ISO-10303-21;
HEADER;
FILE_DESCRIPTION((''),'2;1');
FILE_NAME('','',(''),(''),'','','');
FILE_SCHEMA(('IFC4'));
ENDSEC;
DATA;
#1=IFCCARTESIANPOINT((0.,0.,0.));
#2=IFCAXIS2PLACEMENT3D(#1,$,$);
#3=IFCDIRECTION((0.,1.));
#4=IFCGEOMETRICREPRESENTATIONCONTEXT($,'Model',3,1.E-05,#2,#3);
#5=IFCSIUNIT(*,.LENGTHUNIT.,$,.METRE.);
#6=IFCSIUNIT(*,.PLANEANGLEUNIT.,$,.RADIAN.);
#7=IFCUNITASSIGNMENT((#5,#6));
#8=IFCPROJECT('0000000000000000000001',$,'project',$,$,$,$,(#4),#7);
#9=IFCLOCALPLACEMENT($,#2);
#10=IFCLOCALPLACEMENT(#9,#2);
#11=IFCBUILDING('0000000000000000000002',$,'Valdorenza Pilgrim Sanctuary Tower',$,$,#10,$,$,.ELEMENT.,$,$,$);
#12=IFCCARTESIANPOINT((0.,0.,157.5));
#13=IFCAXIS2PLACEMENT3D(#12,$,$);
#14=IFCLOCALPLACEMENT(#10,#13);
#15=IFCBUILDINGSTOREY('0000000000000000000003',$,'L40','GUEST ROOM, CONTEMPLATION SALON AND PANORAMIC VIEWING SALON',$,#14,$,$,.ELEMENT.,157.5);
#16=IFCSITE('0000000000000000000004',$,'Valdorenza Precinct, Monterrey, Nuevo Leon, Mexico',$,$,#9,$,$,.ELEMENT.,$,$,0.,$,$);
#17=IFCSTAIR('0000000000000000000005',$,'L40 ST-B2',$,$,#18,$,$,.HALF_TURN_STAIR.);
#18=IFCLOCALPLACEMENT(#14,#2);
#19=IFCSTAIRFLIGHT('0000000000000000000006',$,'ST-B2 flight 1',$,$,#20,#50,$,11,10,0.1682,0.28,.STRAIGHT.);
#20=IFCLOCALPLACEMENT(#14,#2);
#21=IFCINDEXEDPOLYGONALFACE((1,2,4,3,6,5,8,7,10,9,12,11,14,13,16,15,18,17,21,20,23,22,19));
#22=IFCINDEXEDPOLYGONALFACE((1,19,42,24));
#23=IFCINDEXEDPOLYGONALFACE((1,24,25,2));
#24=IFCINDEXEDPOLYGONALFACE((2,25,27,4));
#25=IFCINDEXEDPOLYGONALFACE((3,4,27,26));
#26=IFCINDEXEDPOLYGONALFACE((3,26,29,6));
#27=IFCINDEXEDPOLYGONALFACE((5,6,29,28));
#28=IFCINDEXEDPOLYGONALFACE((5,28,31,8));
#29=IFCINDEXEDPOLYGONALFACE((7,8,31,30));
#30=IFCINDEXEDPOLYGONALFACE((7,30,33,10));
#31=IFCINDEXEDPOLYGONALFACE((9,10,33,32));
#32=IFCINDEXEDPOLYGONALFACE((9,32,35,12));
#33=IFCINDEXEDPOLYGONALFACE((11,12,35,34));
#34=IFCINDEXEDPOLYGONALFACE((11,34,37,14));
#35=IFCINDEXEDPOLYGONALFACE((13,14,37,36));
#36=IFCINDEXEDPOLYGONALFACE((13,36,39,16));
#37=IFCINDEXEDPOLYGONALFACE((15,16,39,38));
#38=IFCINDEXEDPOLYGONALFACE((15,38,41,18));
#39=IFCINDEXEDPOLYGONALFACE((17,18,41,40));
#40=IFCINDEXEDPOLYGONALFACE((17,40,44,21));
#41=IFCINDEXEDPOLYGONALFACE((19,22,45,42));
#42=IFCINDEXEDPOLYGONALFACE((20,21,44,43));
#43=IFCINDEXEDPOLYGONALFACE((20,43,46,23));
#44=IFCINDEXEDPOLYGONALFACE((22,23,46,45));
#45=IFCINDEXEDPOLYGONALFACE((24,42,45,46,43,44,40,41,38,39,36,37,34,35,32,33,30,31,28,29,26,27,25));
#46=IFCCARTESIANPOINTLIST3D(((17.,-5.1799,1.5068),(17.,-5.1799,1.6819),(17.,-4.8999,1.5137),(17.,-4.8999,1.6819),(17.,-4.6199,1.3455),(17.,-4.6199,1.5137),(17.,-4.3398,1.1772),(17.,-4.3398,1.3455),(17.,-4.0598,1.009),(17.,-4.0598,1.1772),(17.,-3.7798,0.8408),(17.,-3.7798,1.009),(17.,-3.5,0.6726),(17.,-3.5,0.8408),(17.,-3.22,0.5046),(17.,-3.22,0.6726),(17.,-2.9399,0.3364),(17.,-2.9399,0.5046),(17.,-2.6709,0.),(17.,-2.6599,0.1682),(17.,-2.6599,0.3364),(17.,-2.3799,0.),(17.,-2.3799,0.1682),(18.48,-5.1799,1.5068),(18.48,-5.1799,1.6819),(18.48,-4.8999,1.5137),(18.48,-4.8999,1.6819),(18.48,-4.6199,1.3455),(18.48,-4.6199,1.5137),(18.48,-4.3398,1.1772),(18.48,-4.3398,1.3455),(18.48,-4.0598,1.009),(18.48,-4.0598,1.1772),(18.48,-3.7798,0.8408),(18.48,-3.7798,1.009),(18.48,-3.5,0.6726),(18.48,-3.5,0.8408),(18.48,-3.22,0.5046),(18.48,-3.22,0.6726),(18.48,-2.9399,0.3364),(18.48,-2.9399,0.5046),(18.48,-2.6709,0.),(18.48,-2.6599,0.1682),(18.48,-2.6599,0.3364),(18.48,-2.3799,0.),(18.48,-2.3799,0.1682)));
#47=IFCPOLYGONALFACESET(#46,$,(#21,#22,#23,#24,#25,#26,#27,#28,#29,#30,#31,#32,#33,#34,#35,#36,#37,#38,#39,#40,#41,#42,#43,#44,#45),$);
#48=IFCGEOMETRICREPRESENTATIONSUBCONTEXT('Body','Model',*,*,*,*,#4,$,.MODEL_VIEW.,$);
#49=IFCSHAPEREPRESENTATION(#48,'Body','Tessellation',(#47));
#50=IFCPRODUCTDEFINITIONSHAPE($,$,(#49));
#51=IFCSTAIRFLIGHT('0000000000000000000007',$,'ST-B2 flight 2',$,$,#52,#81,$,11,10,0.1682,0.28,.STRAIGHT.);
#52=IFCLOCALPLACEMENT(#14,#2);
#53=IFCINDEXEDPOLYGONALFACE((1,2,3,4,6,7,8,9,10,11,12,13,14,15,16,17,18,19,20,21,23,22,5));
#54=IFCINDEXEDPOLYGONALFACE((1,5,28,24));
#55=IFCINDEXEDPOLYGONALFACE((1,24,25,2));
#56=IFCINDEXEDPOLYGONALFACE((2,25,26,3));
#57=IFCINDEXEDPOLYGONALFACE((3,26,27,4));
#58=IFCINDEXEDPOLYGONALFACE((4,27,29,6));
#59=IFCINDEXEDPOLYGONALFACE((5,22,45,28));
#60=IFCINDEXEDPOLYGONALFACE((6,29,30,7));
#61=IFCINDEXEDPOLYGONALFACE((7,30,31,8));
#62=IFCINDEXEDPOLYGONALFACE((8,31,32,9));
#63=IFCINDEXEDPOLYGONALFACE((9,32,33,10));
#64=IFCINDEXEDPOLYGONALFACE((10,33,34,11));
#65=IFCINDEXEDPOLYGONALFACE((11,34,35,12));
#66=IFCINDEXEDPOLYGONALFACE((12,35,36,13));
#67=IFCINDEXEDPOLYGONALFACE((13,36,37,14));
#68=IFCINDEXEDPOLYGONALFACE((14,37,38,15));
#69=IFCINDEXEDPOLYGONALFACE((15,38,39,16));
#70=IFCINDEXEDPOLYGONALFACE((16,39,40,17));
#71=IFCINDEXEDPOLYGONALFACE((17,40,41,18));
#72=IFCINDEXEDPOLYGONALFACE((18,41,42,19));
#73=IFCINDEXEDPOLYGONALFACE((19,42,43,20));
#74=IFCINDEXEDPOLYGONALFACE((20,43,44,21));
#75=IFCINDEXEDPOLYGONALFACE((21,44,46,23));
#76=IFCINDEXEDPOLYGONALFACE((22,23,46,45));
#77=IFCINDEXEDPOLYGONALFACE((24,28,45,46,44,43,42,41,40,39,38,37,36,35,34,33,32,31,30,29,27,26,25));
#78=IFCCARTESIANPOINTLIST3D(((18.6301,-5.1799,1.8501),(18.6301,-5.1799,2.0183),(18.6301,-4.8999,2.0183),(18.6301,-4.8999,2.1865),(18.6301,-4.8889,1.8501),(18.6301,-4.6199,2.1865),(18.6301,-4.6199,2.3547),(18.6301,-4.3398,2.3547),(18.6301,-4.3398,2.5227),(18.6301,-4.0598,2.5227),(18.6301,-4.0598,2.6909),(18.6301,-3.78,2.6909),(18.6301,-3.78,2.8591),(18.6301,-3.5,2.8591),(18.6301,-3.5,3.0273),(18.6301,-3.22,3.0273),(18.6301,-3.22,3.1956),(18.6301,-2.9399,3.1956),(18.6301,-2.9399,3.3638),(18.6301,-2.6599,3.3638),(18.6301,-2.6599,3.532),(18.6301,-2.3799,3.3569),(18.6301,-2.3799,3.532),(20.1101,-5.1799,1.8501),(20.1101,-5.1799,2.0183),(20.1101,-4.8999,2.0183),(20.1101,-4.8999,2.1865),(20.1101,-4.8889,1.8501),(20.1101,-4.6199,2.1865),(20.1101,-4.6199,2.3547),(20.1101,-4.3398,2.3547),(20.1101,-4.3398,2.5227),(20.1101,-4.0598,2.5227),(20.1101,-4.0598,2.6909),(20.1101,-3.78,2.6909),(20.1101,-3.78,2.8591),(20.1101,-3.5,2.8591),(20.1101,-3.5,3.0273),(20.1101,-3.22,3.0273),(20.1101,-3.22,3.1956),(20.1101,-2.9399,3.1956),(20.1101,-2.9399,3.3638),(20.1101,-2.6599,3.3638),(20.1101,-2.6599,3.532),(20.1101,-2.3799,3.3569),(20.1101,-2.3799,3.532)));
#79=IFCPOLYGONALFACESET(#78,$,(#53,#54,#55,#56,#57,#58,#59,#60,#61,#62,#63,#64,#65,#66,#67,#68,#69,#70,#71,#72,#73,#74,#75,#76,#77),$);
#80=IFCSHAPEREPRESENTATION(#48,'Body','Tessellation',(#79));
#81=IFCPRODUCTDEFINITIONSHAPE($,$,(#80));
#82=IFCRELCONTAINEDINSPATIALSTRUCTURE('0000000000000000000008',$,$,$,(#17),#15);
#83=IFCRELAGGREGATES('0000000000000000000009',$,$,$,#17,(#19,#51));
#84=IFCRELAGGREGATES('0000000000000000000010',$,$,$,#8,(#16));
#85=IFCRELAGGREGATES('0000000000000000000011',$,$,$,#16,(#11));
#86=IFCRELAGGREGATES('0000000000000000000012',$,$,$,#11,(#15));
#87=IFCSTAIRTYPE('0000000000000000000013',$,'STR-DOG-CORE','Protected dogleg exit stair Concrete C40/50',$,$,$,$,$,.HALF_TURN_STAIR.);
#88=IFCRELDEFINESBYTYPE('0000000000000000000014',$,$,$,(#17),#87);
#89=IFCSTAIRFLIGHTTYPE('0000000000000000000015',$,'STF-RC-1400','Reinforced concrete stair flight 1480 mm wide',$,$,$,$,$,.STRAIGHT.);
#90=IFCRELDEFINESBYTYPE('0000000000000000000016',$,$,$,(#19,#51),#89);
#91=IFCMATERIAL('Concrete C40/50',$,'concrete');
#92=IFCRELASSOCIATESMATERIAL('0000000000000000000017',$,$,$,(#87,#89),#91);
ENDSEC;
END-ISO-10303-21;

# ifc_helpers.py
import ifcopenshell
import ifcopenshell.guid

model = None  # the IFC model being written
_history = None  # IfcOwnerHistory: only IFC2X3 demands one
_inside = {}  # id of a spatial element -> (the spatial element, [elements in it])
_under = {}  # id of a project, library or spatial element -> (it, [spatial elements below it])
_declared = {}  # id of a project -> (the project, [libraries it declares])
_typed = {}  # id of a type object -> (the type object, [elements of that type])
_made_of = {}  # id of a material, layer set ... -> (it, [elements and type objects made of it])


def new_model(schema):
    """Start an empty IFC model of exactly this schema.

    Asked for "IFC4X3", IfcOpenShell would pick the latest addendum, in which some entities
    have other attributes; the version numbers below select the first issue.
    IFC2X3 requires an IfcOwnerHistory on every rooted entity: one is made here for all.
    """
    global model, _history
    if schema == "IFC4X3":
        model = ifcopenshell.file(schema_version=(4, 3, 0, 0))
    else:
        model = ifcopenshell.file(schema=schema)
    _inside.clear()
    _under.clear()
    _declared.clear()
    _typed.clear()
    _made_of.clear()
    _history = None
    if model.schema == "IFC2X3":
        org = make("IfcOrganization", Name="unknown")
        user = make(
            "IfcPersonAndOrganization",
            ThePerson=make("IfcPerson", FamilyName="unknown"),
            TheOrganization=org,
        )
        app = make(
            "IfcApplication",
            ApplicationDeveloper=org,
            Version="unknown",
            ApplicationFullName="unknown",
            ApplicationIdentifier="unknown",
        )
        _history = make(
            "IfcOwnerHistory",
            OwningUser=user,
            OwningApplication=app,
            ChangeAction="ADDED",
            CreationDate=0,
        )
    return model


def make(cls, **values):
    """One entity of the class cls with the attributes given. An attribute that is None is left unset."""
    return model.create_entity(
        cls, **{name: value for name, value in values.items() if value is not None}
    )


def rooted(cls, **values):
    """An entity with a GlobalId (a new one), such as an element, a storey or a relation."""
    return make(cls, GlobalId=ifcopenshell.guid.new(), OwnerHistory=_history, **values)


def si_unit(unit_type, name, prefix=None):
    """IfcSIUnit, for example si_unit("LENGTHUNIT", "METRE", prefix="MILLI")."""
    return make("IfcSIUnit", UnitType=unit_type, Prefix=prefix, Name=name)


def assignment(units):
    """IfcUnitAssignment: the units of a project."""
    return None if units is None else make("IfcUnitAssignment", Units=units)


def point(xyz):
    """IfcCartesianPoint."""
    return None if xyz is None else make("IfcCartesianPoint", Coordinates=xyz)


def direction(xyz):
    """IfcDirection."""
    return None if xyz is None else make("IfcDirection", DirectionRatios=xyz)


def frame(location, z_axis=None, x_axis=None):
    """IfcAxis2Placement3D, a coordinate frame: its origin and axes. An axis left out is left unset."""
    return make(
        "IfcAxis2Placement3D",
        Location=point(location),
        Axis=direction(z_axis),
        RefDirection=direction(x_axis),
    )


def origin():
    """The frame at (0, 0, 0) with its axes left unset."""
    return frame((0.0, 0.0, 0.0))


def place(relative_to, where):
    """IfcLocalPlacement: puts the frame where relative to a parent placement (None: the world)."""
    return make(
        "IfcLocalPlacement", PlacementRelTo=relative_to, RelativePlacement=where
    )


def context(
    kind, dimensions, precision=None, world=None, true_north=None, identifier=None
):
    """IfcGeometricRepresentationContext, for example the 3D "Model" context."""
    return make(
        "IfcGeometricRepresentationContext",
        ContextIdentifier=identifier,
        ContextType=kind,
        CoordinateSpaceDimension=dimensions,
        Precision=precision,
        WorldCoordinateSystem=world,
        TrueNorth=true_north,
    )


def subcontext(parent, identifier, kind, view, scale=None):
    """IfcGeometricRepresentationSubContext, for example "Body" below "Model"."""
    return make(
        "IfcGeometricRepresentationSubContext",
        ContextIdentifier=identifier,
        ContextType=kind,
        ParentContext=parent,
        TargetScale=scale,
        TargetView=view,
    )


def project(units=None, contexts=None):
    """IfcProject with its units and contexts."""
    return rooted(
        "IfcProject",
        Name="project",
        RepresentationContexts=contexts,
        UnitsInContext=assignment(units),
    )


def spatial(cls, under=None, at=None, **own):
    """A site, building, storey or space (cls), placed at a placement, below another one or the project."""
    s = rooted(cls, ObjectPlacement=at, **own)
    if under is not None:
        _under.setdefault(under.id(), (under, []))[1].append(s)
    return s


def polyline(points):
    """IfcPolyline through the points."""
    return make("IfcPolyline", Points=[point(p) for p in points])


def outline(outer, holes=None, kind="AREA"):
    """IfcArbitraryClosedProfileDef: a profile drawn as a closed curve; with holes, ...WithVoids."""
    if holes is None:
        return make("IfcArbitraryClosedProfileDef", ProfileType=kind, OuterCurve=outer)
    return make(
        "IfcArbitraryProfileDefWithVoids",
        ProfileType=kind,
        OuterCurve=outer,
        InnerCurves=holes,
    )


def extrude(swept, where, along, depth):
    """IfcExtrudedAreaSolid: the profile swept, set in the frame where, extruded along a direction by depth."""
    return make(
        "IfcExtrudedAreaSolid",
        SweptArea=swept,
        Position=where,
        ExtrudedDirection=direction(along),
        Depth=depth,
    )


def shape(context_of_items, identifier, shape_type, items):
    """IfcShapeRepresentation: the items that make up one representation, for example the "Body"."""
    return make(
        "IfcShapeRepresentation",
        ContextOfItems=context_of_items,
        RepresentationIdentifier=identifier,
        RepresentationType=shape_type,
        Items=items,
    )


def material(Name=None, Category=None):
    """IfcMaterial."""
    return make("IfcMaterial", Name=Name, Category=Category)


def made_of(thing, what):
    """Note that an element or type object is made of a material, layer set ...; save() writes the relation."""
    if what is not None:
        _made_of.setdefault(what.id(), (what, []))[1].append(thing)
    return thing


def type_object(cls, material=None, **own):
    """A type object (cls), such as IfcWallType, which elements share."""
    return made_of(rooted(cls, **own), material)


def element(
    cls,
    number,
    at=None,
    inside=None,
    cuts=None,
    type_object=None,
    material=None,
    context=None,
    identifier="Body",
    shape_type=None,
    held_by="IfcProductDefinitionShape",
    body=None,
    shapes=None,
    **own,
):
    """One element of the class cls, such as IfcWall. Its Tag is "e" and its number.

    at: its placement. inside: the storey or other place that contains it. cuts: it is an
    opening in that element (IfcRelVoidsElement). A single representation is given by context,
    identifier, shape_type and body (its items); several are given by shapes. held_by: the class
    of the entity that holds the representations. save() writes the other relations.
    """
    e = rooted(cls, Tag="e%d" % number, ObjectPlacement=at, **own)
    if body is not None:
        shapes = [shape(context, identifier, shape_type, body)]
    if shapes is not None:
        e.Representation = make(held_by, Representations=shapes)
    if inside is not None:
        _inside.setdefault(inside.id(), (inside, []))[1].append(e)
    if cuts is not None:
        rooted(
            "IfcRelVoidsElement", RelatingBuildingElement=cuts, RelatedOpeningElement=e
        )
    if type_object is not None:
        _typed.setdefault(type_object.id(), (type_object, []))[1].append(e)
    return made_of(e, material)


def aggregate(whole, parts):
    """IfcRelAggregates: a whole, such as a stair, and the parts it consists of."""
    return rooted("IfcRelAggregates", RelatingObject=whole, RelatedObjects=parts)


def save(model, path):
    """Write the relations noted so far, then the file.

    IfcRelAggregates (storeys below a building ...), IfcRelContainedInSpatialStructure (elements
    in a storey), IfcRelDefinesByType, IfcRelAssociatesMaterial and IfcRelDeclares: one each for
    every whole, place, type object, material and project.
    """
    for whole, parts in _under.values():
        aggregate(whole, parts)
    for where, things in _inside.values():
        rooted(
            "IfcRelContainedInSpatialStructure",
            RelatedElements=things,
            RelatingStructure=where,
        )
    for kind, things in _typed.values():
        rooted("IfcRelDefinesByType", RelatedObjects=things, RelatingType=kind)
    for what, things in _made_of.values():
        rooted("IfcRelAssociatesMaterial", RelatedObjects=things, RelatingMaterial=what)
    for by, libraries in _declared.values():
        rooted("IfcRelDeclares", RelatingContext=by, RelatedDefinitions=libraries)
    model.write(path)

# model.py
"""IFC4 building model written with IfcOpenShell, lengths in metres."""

from ifc_helpers import new_model, si_unit, direction, frame, origin, place, context, subcontext, project, spatial, polyline, outline, extrude, material, type_object, element, aggregate, save


model = new_model("IFC4")

# Units and contexts
model_context = context("Model", 3, precision=1e-05, world=origin(), true_north=direction((0.0, 1.0)))
body_context = subcontext(model_context, "Body", "Model", "MODEL_VIEW")
ifc_project = project(units=[si_unit("LENGTHUNIT", "METRE"), si_unit("PLANEANGLEUNIT", "RADIAN")], contexts=[model_context])

# Site, building, storey
site_placement = place(None, origin())
site = spatial("IfcSite", under=ifc_project, at=site_placement, Name="Valdorenza Precinct, Monterrey, Nuevo Leon, Mexico", CompositionType="ELEMENT", RefElevation=0.0)
building_placement = place(site_placement, origin())
building = spatial("IfcBuilding", under=site, at=building_placement, Name="Valdorenza Pilgrim Sanctuary Tower", CompositionType="ELEMENT")
storey_placement = place(building_placement, frame((0.0, 0.0, 157.5)))
storey = spatial("IfcBuildingStorey", under=building, at=storey_placement, Name="L40", Description="GUEST ROOM, CONTEMPLATION SALON AND PANORAMIC VIEWING SALON", CompositionType="ELEMENT", Elevation=157.5)

# Shared definitions
ifc_material_1 = material(Name="Concrete C40/50", Category="concrete")

# Stair, stair flights
stair_type = type_object("IfcStairType", Name="STR-DOG-CORE", Description="Protected dogleg exit stair Concrete C40/50", PredefinedType="HALF_TURN_STAIR", material=ifc_material_1)
stair_placement = place(storey_placement, origin())
stair = element("IfcStair", 1, at=stair_placement, inside=storey, type_object=stair_type, Name="L40 ST-B2", PredefinedType="HALF_TURN_STAIR")
stair_flight_type = type_object("IfcStairFlightType", Name="STF-RC-1400", Description="Reinforced concrete stair flight 1480 mm wide", PredefinedType="STRAIGHT", material=ifc_material_1)
stair_flight_1_placement = place(storey_placement, frame((17.74, -2.3799, 0.0), z_axis=(0.0, 0.0, 1.0), x_axis=(0.0, -1.0, 0.0)))
stair_flight_1 = element("IfcStairFlight", 2, at=stair_flight_1_placement, type_object=stair_flight_type, Name="ST-B2 flight 1", NumberOfRisers=11, NumberOfTreads=10, PredefinedType="STRAIGHT", RiserHeight=0.1682, TreadLength=0.28, context=body_context, shape_type="SweptSolid", body=[
    extrude(outline(polyline([(0.0, 0.0), (0.0, 0.1682), (0.28, 0.1682), (0.28, 0.3364), (0.5601, 0.3364), (0.5601, 0.5046), (0.8401, 0.5046), (0.8401, 0.6726), (1.1201, 0.6726), (1.1201, 0.8408), (1.3999, 0.8408), (1.3999, 1.009), (1.6799, 1.009), (1.6799, 1.1772), (1.96, 1.1772), (1.96, 1.3455), (2.24, 1.3455), (2.24, 1.5137), (2.52, 1.5137), (2.52, 1.6819), (2.8, 1.6819), (2.8, 1.8501), (2.8, 1.5068), (0.291, 0.0), (0.0, 0.0)])), frame((0.0, 0.74, 0.0), z_axis=(0.0, -1.0, 0.0), x_axis=(1.0, 0.0, 0.0)), (0.0, 0.0, 1.0), 1.48),
])
stair_flight_2_placement = place(storey_placement, frame((19.3701, -5.1799, 1.8501), z_axis=(0.0, 0.0, 1.0), x_axis=(0.0, 1.0, 0.0)))
stair_flight_2 = element("IfcStairFlight", 3, at=stair_flight_2_placement, type_object=stair_flight_type, Name="ST-B2 flight 2", NumberOfRisers=11, NumberOfTreads=10, PredefinedType="STRAIGHT", RiserHeight=0.1682, TreadLength=0.28, context=body_context, shape_type="SweptSolid", body=[
    extrude(outline(polyline([(0.0, 0.0), (0.0, 0.1682), (0.28, 0.1682), (0.28, 0.3364), (0.5601, 0.3364), (0.5601, 0.5046), (0.8401, 0.5046), (0.8401, 0.6726), (1.1201, 0.6726), (1.1201, 0.8408), (1.3999, 0.8408), (1.3999, 1.009), (1.6799, 1.009), (1.6799, 1.1772), (1.96, 1.1772), (1.96, 1.3455), (2.24, 1.3455), (2.24, 1.5137), (2.52, 1.5137), (2.52, 1.6819), (2.8, 1.6819), (2.8, 1.8501), (2.8, 1.5068), (0.291, 0.0), (0.0, 0.0)])), frame((0.0, 0.74, 0.0), z_axis=(0.0, -1.0, 0.0), x_axis=(1.0, 0.0, 0.0)), (0.0, 0.0, 1.0), 1.48),
])
aggregate(stair, [stair_flight_1, stair_flight_2])

save(model, "model.ifc")
